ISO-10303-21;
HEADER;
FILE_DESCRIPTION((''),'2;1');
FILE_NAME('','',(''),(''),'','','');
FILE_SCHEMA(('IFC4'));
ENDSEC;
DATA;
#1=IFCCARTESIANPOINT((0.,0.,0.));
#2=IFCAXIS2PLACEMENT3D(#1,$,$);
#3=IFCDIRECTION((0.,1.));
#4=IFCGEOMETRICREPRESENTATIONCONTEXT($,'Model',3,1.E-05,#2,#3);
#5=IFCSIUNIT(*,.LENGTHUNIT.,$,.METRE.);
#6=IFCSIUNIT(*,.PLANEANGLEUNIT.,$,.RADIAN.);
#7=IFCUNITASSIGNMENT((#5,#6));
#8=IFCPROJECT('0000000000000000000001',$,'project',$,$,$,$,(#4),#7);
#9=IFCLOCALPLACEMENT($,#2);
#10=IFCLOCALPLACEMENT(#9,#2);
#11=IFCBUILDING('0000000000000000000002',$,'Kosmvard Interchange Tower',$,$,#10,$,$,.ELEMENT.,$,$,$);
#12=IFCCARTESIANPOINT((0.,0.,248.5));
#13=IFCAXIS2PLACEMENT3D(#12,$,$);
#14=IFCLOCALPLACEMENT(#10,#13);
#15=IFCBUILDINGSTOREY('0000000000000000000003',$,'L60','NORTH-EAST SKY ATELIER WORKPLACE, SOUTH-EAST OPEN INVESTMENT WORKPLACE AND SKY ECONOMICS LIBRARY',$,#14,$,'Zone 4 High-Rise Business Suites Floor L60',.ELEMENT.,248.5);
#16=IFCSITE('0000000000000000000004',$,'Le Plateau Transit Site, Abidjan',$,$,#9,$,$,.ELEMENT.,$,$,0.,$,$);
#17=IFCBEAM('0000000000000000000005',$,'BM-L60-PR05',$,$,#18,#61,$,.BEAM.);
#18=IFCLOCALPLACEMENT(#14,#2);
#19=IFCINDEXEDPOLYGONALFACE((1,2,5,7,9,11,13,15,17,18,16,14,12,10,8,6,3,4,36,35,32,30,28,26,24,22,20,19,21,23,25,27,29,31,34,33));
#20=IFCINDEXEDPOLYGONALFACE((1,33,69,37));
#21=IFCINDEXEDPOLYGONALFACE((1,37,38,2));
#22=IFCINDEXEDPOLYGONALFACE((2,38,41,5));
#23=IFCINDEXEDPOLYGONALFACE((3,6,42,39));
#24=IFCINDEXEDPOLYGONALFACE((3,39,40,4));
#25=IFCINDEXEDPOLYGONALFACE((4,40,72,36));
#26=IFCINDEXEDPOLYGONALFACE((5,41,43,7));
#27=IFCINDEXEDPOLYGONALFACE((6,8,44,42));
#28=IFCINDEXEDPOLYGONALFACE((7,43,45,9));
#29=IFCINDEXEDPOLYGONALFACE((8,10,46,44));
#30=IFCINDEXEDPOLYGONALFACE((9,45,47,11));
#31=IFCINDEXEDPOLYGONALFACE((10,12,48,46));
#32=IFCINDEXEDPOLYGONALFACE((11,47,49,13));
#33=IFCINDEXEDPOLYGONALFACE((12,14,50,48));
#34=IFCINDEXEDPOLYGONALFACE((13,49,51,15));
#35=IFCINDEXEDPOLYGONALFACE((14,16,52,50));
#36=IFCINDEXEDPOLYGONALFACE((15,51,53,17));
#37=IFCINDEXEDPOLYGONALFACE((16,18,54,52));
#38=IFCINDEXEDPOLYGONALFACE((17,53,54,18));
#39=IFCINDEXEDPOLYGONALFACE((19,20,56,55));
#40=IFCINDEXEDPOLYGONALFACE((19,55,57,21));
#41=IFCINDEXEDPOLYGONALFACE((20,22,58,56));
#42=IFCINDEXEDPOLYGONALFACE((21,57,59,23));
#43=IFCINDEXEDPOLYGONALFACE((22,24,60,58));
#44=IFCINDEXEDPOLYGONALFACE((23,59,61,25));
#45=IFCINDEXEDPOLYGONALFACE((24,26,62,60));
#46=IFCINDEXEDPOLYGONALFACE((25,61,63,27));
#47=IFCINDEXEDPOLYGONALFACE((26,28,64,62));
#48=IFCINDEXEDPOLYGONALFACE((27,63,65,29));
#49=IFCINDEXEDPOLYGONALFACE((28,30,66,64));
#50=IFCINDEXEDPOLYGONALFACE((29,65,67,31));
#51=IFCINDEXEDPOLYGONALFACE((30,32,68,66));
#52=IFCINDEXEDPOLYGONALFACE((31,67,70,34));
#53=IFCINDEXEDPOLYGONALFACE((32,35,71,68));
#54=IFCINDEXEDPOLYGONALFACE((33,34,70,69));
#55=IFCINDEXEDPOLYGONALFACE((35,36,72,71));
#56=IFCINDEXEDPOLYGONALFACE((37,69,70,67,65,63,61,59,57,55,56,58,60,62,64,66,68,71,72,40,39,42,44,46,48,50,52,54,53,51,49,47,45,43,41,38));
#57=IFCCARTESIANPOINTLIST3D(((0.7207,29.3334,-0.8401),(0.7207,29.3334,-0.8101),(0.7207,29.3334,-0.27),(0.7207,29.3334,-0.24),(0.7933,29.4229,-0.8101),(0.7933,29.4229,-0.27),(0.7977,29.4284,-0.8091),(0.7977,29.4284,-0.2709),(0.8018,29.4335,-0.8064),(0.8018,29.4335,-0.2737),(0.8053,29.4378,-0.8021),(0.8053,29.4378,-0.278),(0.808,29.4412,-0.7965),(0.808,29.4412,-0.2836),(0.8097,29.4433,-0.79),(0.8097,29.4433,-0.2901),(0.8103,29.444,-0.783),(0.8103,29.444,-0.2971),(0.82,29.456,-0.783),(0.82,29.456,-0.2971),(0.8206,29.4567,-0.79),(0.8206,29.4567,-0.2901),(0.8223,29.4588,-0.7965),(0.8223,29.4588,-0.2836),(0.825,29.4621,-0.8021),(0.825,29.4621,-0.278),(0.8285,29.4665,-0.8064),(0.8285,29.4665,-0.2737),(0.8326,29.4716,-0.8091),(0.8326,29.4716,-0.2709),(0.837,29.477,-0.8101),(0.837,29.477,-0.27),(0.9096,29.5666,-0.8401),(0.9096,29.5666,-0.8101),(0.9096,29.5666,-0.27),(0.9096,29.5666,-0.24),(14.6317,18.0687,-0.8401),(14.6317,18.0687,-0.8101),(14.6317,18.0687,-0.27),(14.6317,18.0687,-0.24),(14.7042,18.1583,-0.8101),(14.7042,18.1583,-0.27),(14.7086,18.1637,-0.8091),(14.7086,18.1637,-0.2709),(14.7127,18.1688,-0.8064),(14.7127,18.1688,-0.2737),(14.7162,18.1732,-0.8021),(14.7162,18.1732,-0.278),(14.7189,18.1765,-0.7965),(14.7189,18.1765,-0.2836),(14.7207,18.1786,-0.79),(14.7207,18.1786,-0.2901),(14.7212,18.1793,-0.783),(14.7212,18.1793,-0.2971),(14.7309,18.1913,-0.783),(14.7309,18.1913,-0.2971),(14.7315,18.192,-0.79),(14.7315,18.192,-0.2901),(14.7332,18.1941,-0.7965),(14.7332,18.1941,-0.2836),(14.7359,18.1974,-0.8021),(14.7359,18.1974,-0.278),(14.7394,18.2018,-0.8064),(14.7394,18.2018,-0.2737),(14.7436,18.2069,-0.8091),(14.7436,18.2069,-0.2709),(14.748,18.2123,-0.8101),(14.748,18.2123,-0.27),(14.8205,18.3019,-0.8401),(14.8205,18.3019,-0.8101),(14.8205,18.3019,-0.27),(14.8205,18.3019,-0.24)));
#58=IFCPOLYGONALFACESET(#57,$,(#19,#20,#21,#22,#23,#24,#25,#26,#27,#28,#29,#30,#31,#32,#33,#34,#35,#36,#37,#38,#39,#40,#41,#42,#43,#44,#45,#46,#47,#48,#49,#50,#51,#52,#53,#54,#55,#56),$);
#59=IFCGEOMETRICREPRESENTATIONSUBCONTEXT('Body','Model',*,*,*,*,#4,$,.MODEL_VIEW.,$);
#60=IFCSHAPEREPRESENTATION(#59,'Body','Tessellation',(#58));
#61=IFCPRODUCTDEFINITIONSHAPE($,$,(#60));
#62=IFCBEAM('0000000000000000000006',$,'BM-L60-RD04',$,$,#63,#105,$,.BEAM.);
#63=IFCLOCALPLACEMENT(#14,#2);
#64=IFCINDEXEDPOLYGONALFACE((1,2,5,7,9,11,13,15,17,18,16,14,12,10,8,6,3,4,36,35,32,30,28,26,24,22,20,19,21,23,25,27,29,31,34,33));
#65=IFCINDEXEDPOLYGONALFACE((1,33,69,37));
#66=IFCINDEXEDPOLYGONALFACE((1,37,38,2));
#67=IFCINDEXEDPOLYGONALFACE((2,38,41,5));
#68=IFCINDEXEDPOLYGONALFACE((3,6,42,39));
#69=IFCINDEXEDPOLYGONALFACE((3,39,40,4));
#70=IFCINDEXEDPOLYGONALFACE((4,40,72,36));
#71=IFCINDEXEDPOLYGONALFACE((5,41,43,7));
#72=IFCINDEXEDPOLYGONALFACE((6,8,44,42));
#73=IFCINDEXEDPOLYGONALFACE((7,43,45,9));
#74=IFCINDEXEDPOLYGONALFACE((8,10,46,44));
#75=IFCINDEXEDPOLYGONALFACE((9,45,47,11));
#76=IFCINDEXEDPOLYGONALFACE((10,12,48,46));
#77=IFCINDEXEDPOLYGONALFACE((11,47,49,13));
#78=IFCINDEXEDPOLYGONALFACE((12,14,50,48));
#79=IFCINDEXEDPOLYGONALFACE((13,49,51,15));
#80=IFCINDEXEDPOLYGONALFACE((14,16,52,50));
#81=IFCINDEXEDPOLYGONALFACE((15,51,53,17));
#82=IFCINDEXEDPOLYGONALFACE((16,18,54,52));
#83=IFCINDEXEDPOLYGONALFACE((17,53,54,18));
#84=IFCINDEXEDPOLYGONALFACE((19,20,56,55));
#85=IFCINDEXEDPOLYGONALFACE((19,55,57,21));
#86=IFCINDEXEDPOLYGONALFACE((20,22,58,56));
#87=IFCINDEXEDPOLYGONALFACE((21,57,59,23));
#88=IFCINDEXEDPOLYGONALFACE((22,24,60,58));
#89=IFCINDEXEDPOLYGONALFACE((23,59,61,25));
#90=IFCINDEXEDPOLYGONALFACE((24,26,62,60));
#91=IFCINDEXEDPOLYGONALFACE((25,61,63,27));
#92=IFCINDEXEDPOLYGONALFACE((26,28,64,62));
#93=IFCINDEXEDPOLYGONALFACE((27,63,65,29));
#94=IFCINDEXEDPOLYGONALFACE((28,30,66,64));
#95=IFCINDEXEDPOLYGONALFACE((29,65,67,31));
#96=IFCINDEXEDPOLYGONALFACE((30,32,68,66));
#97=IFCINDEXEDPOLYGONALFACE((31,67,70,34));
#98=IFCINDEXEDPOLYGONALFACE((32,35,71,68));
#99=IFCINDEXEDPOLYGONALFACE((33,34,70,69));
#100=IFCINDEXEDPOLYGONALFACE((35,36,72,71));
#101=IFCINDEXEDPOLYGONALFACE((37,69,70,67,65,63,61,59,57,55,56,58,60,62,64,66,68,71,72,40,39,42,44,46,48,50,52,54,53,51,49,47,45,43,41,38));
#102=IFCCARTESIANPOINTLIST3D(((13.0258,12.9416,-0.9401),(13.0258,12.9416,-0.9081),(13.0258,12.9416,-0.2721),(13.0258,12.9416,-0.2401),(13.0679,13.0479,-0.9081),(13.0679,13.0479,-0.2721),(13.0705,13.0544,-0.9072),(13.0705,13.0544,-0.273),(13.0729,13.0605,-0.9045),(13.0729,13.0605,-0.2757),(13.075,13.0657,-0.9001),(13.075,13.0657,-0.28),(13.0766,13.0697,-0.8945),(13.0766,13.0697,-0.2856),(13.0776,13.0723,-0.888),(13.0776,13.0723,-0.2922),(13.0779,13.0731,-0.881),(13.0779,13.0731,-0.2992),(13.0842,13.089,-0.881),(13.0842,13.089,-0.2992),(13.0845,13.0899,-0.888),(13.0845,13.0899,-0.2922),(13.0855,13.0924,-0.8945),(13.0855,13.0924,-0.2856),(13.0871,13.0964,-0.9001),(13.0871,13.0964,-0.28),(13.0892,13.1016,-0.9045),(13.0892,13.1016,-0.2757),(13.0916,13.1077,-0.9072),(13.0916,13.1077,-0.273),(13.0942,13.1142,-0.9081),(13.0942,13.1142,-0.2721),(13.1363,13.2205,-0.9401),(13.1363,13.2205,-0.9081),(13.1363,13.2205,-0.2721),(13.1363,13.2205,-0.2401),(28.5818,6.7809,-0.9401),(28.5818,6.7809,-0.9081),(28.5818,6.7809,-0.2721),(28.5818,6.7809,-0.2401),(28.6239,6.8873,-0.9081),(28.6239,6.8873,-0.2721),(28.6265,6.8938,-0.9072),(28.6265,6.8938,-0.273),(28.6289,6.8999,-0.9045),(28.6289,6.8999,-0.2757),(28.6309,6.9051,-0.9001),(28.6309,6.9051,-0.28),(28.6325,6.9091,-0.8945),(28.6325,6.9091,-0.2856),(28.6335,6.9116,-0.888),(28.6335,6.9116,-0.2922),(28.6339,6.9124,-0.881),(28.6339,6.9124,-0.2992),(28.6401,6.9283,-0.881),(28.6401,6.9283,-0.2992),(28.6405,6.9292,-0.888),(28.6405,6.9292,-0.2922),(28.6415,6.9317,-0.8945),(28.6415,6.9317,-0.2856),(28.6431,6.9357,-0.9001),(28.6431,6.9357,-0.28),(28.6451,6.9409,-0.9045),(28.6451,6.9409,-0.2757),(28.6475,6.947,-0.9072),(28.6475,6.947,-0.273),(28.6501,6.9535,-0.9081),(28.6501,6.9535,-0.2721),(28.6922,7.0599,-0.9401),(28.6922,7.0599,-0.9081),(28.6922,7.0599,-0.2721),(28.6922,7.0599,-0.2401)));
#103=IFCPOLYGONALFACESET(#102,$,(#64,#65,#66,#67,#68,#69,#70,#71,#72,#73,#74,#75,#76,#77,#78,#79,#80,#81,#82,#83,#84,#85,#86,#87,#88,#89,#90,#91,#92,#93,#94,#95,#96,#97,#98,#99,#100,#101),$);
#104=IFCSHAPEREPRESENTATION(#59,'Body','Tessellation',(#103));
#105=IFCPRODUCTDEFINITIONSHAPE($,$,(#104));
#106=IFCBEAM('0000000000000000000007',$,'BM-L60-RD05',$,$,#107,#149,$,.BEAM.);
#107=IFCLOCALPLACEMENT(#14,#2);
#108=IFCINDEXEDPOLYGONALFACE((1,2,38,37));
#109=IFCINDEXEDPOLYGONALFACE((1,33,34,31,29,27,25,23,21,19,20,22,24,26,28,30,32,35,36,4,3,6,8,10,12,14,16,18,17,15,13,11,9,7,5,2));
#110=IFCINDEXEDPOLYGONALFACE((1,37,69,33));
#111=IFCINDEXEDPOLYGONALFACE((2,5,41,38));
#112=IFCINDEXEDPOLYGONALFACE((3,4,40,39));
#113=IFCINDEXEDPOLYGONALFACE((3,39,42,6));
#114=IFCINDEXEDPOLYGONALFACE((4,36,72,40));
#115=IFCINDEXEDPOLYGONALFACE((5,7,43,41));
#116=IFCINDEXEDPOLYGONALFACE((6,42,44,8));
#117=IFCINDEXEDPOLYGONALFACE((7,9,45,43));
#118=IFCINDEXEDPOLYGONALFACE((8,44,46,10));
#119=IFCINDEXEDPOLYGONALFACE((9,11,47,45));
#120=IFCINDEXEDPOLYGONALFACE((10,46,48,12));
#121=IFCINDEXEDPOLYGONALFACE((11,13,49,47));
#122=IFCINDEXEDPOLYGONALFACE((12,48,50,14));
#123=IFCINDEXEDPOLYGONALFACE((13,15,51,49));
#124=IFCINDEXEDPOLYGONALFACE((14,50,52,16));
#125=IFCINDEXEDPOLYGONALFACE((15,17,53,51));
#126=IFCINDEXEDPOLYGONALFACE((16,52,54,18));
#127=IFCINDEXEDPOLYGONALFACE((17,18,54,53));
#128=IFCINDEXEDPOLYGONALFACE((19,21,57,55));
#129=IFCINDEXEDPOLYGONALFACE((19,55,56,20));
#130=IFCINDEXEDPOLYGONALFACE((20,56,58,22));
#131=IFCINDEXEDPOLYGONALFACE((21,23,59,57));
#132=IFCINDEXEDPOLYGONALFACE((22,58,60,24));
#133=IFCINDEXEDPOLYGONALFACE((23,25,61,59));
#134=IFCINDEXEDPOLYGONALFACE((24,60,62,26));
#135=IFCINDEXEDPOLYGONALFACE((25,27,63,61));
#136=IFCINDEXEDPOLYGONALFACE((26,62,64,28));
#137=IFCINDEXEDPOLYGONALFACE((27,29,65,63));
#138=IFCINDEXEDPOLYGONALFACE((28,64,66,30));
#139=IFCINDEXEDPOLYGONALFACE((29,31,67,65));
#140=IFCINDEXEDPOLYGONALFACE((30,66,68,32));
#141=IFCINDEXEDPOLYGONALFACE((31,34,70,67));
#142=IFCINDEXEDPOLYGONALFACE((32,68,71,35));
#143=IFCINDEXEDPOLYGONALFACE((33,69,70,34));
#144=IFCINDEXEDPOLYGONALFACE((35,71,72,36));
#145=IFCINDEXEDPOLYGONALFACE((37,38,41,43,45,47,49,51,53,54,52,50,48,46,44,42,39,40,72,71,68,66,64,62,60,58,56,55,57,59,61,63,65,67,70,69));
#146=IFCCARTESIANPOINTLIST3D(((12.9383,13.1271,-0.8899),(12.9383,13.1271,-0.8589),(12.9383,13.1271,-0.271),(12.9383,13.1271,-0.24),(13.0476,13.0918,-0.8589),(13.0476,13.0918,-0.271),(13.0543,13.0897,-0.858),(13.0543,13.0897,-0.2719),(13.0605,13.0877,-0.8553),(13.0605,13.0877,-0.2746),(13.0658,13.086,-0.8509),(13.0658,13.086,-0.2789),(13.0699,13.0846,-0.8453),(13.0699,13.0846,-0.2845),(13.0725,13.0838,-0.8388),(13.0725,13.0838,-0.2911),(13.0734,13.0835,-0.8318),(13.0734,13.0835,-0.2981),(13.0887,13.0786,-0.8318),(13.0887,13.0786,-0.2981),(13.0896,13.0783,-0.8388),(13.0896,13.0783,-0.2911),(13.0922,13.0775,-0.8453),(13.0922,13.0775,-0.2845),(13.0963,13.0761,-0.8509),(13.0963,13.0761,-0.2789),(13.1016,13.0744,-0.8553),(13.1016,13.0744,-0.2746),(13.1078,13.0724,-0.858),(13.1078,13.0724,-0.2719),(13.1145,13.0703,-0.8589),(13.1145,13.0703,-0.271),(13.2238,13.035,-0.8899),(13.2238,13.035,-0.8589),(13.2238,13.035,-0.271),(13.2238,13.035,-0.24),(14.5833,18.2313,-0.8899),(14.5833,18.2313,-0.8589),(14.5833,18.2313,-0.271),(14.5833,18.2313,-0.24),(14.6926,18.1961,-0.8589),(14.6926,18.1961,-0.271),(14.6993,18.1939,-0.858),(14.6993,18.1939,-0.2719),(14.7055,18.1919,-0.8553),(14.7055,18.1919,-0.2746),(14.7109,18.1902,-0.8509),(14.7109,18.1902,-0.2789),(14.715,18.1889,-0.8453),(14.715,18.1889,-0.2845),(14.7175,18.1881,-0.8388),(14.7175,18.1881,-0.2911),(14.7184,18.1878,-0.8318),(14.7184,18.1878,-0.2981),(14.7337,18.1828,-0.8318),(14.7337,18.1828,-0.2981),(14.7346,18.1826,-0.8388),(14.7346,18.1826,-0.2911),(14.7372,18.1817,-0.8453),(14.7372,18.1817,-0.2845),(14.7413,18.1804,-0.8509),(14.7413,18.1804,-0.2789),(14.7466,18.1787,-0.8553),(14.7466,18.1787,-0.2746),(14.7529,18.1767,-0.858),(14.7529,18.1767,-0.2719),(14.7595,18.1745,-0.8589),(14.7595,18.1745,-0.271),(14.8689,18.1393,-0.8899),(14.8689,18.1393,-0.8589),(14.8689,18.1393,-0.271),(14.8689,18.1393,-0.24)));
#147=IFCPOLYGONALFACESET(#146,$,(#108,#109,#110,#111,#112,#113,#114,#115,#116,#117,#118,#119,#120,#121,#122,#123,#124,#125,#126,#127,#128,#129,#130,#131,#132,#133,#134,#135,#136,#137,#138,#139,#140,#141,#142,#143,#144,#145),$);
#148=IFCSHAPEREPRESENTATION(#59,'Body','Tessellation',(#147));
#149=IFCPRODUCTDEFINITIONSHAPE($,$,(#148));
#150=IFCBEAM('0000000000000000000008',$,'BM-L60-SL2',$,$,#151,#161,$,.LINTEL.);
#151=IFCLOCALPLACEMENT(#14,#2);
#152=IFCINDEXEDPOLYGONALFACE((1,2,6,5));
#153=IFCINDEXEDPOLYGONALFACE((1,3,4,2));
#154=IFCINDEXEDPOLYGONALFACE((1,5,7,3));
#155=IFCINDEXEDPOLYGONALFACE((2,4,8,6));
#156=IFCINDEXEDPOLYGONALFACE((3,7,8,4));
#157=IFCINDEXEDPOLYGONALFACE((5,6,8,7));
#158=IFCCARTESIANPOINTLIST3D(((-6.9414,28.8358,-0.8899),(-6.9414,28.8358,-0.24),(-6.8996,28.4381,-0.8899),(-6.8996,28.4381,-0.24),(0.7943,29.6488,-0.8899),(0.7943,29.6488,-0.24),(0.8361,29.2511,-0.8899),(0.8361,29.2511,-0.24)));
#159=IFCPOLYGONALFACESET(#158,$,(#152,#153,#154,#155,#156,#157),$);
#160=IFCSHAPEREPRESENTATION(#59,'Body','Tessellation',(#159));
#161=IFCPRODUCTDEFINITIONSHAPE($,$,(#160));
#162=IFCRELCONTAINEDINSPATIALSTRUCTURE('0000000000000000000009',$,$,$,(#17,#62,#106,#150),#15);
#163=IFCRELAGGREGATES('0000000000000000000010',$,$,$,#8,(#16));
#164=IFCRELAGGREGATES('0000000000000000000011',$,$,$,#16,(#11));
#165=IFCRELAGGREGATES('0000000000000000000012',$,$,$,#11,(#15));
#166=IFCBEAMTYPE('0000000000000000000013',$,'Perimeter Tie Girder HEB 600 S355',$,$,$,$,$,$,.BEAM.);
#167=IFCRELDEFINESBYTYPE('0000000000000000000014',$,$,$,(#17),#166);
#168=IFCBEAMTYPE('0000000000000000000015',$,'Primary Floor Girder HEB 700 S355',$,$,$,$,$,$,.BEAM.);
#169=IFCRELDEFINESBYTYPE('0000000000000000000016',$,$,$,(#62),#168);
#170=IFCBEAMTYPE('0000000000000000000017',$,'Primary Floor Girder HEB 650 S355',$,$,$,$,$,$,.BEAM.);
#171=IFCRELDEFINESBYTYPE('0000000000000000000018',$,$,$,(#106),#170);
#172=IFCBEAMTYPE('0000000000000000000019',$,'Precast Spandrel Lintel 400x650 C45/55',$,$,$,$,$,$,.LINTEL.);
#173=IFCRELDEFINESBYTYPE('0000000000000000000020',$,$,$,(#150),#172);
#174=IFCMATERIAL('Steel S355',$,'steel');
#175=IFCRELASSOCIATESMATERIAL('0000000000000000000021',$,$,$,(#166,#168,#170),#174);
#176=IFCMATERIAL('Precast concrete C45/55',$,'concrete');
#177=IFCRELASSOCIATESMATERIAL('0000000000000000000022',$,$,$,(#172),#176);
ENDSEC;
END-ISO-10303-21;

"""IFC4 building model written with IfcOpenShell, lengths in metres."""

from ifc_helpers import new_model, si_unit, direction, frame, origin, origin_2d, place, context, subcontext, project, spatial, rectangle, i_section, extrude, source, transform, mapped, material, material_profile, profile_set, type_object, element, save


model = new_model("IFC4")

# Units and contexts
model_context = context("Model", 3, precision=1e-05, world=origin(), true_north=direction((0.0, 1.0)))
body_context = subcontext(model_context, "Body", "Model", "MODEL_VIEW")
ifc_project = project(units=[si_unit("LENGTHUNIT", "METRE"), si_unit("PLANEANGLEUNIT", "RADIAN")], contexts=[model_context])

# Site, building, storey
site_placement = place(None, origin())
site = spatial("IfcSite", under=ifc_project, at=site_placement, Name="Le Plateau Transit Site, Abidjan", CompositionType="ELEMENT", RefElevation=0.0)
building_placement = place(site_placement, origin())
building = spatial("IfcBuilding", under=site, at=building_placement, Name="Kosmvard Interchange Tower", CompositionType="ELEMENT")
storey_placement = place(building_placement, frame((0.0, 0.0, 248.5)))
storey = spatial("IfcBuildingStorey", under=building, at=storey_placement, Name="L60", Description="NORTH-EAST SKY ATELIER WORKPLACE, SOUTH-EAST OPEN INVESTMENT WORKPLACE AND SKY ECONOMICS LIBRARY", LongName="Zone 4 High-Rise Business Suites Floor L60", CompositionType="ELEMENT", Elevation=248.5)

# Beams
ifc_material_1 = material(Name="Steel S355", Category="steel")
ifc_material_profile_1 = material_profile(ifc_material_1, i_section(OverallWidth=0.3, OverallDepth=0.6001, WebThickness=0.0154, FlangeThickness=0.03, FilletRadius=0.0271, at=origin_2d()), Name="HEB 600")
ifc_profile_set_1 = profile_set([ifc_material_profile_1], Name="Steel S355")
beam_type_1 = type_object("IfcBeamType", Name="Perimeter Tie Girder HEB 600 S355", PredefinedType="BEAM", material=ifc_profile_set_1)
shared_shape_1 = source(origin(), body_context, "Body", "SweptSolid", [
    extrude(i_section(OverallWidth=0.3, OverallDepth=0.6001, WebThickness=0.0154, FlangeThickness=0.03, FilletRadius=0.0271, at=origin_2d()), origin(), (0.0, 0.0, 1.0), 17.8999),
])
beam_1_placement = place(storey_placement, frame((14.7261, 18.1853, -0.54), z_axis=(-0.777151, 0.629315, 0.0), x_axis=(-0.629315, -0.777151, 0.0)))
element("IfcBeam", 1, at=beam_1_placement, inside=storey, type_object=beam_type_1, Name="BM-L60-PR05", PredefinedType="BEAM", context=body_context, shape_type="MappedRepresentation", body=[
    mapped(shared_shape_1, transform((0.0, 0.0, 0.0), scale=1.0)),
])
ifc_material_profile_2 = material_profile(ifc_material_1, i_section(OverallWidth=0.3, OverallDepth=0.7, WebThickness=0.0171, FlangeThickness=0.032, FilletRadius=0.0271, at=origin_2d()), Name="HEB 700")
ifc_profile_set_2 = profile_set([ifc_material_profile_2], Name="Steel S355")
beam_type_2 = type_object("IfcBeamType", Name="Primary Floor Girder HEB 700 S355", PredefinedType="BEAM", material=ifc_profile_set_2)
shared_shape_2 = source(origin(), body_context, "Body", "SweptSolid", [
    extrude(i_section(OverallWidth=0.3, OverallDepth=0.7, WebThickness=0.0171, FlangeThickness=0.032, FilletRadius=0.0271, at=origin_2d()), origin(), (0.0, 0.0, 1.0), 16.7314),
])
beam_2_placement = place(storey_placement, frame((13.0811, 13.0811, -0.5901), z_axis=(0.929743, -0.368209, 0.0), x_axis=(0.368209, 0.929743, 0.0)))
element("IfcBeam", 2, at=beam_2_placement, inside=storey, type_object=beam_type_2, Name="BM-L60-RD04", PredefinedType="BEAM", context=body_context, shape_type="MappedRepresentation", body=[
    mapped(shared_shape_2, transform((0.0, 0.0, 0.0), scale=1.0)),
])
ifc_material_profile_3 = material_profile(ifc_material_1, i_section(OverallWidth=0.3, OverallDepth=0.6499, WebThickness=0.0161, FlangeThickness=0.031, FilletRadius=0.0271, at=origin_2d()), Name="HEB 650")
ifc_profile_set_3 = profile_set([ifc_material_profile_3], Name="Steel S355")
beam_type_3 = type_object("IfcBeamType", Name="Primary Floor Girder HEB 650 S355", PredefinedType="BEAM", material=ifc_profile_set_3)
shared_shape_3 = source(origin(), body_context, "Body", "SweptSolid", [
    extrude(i_section(OverallWidth=0.3, OverallDepth=0.6499, WebThickness=0.0161, FlangeThickness=0.031, FilletRadius=0.0271, at=origin_2d()), origin(), (0.0, 0.0, 1.0), 5.3628),
])
beam_3_placement = place(storey_placement, frame((13.0811, 13.0811, -0.5649), z_axis=(0.306747, 0.951791, 0.0), x_axis=(-0.951791, 0.306747, 0.0)))
element("IfcBeam", 3, at=beam_3_placement, inside=storey, type_object=beam_type_3, Name="BM-L60-RD05", PredefinedType="BEAM", context=body_context, shape_type="MappedRepresentation", body=[
    mapped(shared_shape_3, transform((0.0, 0.0, 0.0), scale=1.0)),
])
ifc_material_2 = material(Name="Precast concrete C45/55", Category="concrete")
ifc_material_profile_4 = material_profile(ifc_material_2, rectangle(XDim=0.3999, YDim=0.6499, at=origin_2d()), Name="SL 400x650")
ifc_profile_set_4 = profile_set([ifc_material_profile_4], Name="Precast concrete C45/55")
beam_type_4 = type_object("IfcBeamType", Name="Precast Spandrel Lintel 400x650 C45/55", PredefinedType="LINTEL", material=ifc_profile_set_4)
shared_shape_4 = source(origin(), body_context, "Body", "SweptSolid", [
    extrude(rectangle(XDim=0.3999, YDim=0.6499, at=origin_2d()), origin(), (0.0, 0.0, 1.0), 7.7783),
])
beam_4_placement = place(storey_placement, frame((0.8152, 29.45, -0.5649), z_axis=(-0.994523, -0.104521, 0.0), x_axis=(0.104521, -0.994523, 0.0)))
element("IfcBeam", 4, at=beam_4_placement, inside=storey, type_object=beam_type_4, Name="BM-L60-SL2", PredefinedType="LINTEL", context=body_context, shape_type="MappedRepresentation", body=[
    mapped(shared_shape_4, transform((0.0, 0.0, 0.0), scale=1.0)),
])

save(model, "model.ifc")
